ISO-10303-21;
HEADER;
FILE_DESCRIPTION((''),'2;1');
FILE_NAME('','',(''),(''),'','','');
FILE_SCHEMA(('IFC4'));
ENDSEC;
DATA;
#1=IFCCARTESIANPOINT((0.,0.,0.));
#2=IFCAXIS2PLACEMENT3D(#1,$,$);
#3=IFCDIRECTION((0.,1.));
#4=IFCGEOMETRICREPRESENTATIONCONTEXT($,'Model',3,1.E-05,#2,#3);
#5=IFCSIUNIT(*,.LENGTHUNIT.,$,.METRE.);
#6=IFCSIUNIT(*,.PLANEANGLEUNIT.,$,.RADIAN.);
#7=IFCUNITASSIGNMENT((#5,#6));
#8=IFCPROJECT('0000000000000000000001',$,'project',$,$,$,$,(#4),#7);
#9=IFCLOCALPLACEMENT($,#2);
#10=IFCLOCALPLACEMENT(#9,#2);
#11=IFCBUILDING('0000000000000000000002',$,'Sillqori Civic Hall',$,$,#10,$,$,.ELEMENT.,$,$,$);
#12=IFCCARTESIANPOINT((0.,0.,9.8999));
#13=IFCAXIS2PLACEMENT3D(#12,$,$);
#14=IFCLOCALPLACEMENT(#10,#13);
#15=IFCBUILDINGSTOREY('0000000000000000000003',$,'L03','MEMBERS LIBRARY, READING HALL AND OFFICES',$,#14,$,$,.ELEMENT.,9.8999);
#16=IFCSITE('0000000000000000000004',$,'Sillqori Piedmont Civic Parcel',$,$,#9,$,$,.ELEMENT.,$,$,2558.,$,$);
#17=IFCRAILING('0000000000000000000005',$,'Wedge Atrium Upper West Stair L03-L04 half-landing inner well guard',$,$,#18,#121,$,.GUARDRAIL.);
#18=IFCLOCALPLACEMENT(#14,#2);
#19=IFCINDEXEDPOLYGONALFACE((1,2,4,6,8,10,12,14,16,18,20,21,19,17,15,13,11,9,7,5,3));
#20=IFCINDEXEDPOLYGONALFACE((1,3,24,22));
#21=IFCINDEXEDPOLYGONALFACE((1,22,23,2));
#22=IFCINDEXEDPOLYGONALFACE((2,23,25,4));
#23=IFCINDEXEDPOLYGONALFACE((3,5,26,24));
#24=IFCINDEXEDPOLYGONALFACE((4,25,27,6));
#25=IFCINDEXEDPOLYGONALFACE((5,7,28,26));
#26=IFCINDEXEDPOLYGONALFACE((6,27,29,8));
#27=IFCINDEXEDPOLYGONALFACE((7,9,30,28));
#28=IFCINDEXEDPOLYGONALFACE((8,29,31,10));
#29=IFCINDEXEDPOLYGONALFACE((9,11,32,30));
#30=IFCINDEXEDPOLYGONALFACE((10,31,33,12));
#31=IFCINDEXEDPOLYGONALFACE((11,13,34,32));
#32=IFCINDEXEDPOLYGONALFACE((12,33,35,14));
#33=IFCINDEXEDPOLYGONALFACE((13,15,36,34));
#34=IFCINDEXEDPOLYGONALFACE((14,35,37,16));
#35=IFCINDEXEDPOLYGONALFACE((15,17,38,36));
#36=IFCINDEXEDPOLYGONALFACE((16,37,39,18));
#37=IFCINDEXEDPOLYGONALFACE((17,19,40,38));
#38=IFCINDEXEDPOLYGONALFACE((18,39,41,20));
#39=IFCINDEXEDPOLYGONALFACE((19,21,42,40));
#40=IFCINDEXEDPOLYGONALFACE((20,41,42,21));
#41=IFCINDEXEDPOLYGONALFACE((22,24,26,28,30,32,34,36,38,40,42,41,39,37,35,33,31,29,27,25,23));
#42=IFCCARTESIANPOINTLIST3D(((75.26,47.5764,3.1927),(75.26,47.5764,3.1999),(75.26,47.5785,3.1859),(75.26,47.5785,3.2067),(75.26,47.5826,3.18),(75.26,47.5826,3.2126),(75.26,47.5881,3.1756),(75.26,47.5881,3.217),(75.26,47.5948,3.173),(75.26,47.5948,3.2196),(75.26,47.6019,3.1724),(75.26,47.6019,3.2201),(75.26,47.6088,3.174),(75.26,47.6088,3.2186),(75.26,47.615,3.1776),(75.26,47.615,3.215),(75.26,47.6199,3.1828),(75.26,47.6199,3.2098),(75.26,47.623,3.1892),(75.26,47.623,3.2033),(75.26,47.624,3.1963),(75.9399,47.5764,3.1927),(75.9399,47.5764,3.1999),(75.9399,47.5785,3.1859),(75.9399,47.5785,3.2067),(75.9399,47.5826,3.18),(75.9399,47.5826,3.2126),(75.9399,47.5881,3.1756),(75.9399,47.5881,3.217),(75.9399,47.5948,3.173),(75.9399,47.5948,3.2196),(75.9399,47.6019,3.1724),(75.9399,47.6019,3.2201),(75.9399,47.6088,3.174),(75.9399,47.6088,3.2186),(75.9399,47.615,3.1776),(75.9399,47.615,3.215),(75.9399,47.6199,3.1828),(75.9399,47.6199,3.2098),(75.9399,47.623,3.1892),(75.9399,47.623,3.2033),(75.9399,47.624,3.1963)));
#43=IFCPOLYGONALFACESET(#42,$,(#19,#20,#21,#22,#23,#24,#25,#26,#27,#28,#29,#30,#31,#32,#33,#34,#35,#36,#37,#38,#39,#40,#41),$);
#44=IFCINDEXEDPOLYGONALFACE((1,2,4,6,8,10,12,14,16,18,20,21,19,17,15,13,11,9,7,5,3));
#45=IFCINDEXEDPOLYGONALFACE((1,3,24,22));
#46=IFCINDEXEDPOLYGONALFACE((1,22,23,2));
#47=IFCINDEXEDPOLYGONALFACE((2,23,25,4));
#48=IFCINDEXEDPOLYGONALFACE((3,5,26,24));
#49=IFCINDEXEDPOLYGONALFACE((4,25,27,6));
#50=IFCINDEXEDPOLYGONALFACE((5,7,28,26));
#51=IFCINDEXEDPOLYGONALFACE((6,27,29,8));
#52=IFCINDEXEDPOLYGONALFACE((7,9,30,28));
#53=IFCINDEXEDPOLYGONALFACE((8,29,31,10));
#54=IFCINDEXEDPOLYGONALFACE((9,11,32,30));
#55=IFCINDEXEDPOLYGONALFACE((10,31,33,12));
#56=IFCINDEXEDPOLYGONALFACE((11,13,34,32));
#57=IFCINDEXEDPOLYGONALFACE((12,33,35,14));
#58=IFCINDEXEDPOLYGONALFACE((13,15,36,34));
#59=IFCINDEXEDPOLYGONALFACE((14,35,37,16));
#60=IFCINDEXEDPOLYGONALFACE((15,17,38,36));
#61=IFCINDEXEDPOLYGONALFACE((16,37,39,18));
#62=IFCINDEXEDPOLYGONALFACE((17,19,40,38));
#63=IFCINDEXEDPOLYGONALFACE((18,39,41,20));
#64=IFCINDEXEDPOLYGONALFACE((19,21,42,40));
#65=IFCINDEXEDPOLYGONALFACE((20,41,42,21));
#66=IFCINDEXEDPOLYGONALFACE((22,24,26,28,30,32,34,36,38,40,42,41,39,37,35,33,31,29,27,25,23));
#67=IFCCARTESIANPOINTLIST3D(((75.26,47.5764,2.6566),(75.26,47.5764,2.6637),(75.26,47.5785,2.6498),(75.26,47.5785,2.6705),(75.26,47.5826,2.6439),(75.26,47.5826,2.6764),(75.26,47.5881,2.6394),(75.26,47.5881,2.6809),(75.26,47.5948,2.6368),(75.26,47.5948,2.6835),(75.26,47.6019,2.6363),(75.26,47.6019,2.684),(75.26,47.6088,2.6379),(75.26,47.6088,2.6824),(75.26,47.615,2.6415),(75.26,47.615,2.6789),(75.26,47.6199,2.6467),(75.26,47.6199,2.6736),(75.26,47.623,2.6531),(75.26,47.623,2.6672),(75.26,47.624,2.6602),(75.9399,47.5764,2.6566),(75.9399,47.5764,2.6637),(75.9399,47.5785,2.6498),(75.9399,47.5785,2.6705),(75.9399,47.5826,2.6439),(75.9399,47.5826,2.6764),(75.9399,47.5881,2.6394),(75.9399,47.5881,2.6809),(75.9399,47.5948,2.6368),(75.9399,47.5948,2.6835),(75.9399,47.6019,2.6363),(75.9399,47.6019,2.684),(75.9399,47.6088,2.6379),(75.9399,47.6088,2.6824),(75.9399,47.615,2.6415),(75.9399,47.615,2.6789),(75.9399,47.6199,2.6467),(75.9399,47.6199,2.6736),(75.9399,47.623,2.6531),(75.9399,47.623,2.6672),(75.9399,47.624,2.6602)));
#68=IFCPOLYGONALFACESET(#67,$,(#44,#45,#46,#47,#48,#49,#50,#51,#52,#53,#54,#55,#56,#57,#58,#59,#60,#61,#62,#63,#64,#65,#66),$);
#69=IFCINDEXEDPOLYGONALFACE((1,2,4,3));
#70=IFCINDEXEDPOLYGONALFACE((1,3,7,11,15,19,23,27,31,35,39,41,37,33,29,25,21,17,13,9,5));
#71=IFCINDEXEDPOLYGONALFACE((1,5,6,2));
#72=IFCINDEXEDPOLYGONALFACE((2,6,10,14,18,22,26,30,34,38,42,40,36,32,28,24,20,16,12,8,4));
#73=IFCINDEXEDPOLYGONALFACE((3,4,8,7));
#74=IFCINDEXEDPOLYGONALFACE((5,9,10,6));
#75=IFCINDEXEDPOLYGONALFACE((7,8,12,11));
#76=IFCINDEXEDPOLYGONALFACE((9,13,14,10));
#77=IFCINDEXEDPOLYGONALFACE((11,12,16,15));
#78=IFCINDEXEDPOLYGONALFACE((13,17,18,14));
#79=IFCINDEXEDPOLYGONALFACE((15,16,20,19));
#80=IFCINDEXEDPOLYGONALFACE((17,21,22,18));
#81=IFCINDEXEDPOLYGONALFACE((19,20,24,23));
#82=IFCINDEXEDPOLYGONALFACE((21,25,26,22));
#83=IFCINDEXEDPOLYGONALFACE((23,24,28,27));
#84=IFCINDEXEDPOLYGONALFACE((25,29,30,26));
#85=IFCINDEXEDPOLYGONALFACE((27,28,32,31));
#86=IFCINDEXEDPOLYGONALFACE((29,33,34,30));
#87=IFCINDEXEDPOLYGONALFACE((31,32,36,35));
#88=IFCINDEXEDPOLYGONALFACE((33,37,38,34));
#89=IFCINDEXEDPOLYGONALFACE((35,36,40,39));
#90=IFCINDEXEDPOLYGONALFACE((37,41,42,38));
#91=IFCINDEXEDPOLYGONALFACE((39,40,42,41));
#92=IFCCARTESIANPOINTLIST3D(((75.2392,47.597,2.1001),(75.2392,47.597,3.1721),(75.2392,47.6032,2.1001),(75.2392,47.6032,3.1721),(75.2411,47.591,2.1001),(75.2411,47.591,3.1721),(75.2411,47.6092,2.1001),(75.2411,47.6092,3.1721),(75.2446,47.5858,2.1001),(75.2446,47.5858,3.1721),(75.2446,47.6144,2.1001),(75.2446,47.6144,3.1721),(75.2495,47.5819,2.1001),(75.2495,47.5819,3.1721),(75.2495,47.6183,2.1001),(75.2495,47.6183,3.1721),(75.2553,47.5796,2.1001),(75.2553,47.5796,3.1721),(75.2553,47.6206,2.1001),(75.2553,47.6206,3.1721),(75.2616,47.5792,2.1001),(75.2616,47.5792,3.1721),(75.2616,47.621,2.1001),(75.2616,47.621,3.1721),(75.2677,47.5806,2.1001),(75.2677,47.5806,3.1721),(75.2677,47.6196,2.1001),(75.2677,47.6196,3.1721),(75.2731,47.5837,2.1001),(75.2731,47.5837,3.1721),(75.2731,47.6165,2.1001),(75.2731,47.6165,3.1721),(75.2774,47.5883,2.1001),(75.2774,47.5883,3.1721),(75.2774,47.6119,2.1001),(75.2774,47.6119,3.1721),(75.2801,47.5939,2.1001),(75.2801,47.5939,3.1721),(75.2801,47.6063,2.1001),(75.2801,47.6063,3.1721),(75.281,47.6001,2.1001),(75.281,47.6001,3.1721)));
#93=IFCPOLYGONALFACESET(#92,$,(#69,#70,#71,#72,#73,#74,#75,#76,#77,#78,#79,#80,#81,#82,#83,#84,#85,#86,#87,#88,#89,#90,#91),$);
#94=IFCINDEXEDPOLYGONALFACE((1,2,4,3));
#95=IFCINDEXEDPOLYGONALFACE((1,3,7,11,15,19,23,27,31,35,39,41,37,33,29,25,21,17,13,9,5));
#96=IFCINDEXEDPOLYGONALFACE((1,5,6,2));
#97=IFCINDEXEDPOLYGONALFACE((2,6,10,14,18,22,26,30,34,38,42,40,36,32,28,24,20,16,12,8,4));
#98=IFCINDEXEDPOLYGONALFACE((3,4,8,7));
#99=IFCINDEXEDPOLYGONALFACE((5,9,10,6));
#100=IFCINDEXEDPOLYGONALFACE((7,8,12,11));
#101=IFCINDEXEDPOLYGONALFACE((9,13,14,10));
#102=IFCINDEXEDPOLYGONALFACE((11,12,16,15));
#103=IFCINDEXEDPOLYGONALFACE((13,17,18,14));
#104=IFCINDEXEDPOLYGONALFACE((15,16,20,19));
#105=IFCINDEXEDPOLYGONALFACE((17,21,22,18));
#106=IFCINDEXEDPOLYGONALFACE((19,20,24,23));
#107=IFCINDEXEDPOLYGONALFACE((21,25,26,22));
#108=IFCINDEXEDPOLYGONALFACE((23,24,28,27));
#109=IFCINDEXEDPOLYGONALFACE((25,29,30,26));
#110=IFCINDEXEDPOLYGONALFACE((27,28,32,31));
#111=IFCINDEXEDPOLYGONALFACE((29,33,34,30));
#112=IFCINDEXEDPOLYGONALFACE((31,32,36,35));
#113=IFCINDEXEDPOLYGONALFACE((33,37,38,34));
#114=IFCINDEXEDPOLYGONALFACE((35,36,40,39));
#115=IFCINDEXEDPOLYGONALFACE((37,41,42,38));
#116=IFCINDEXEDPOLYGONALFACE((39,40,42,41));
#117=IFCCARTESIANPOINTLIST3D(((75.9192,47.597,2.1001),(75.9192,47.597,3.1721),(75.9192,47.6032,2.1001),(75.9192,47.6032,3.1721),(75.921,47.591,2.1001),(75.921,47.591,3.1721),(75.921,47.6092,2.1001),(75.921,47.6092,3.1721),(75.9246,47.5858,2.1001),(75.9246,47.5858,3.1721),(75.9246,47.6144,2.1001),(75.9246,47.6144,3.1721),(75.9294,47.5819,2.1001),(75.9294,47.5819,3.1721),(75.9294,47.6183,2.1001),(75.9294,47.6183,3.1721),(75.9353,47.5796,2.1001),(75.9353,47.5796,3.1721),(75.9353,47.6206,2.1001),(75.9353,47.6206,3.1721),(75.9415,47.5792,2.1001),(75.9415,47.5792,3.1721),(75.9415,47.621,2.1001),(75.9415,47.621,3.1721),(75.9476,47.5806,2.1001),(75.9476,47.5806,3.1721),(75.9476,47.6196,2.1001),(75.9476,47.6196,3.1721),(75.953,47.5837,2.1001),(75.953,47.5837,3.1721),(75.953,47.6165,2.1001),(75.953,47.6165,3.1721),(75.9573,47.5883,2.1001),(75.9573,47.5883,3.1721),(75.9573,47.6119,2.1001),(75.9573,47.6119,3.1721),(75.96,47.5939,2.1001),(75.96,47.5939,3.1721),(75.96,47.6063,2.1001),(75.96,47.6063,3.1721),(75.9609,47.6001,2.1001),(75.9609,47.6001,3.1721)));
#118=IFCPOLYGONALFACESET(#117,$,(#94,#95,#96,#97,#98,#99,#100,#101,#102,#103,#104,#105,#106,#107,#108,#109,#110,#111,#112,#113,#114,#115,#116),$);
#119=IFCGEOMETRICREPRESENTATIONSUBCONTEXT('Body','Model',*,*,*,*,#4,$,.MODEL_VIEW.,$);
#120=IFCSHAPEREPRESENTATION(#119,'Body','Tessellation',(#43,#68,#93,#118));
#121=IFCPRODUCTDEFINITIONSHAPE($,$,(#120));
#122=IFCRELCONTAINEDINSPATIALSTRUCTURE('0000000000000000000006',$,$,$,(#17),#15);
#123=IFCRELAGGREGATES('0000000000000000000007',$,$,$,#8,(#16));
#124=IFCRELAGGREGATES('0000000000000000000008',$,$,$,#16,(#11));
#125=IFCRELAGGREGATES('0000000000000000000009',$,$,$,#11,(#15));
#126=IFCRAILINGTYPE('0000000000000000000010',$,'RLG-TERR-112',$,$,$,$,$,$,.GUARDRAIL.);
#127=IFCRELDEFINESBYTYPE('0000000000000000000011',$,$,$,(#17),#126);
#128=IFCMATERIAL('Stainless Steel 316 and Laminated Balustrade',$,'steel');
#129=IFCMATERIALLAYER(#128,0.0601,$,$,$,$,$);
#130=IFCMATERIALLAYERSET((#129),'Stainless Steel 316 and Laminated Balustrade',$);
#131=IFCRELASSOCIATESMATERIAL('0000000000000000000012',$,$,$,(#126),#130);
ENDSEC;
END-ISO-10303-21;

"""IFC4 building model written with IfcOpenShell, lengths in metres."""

from ifc_helpers import new_model, si_unit, direction, frame, origin, origin_2d, place, context, subcontext, project, spatial, circle, extrude, material, layer, layer_set, type_object, element, save


model = new_model("IFC4")

# Units and contexts
model_context = context("Model", 3, precision=1e-05, world=origin(), true_north=direction((0.0, 1.0)))
body_context = subcontext(model_context, "Body", "Model", "MODEL_VIEW")
ifc_project = project(units=[si_unit("LENGTHUNIT", "METRE"), si_unit("PLANEANGLEUNIT", "RADIAN")], contexts=[model_context])

# Site, building, storey
site_placement = place(None, origin())
site = spatial("IfcSite", under=ifc_project, at=site_placement, Name="Sillqori Piedmont Civic Parcel", CompositionType="ELEMENT", RefElevation=2558.0)
building_placement = place(site_placement, origin())
building = spatial("IfcBuilding", under=site, at=building_placement, Name="Sillqori Civic Hall", CompositionType="ELEMENT")
storey_placement = place(building_placement, frame((0.0, 0.0, 9.8999)))
storey = spatial("IfcBuildingStorey", under=building, at=storey_placement, Name="L03", Description="MEMBERS LIBRARY, READING HALL AND OFFICES", CompositionType="ELEMENT", Elevation=9.8999)

# Railing
ifc_material_1 = material(Name="Stainless Steel 316 and Laminated Balustrade", Category="steel")
ifc_layer_1 = layer(ifc_material_1, 0.0601)
ifc_layer_set_1 = layer_set([ifc_layer_1], Name="Stainless Steel 316 and Laminated Balustrade")
railing_type_1 = type_object("IfcRailingType", Name="RLG-TERR-112", PredefinedType="GUARDRAIL", material=ifc_layer_set_1)
railing_1_placement = place(storey_placement, frame((75.26, 47.6001, 2.1001)))
element("IfcRailing", 1, at=railing_1_placement, inside=storey, type_object=railing_type_1, Name="Wedge Atrium Upper West Stair L03-L04 half-landing inner well guard", PredefinedType="GUARDRAIL", context=body_context, shape_type="SweptSolid", body=[
    extrude(circle(Radius=0.0239, at=origin_2d()), frame((0.0, 0.0, 1.0962), z_axis=(1.0, 0.0, 0.0), x_axis=(0.0, 1.0, 0.0)), (0.0, 0.0, 1.0), 0.6799),
    extrude(circle(Radius=0.0239, at=origin_2d()), frame((0.0, 0.0, 0.5601), z_axis=(1.0, 0.0, 0.0), x_axis=(0.0, 1.0, 0.0)), (0.0, 0.0, 1.0), 0.6799),
    extrude(circle(Radius=0.021, at=origin_2d()), origin(), (0.0, 0.0, 1.0), 1.072),
    extrude(circle(Radius=0.021, at=origin_2d()), frame((0.6799, 0.0, 0.0)), (0.0, 0.0, 1.0), 1.072),
])

save(model, "model.ifc")
